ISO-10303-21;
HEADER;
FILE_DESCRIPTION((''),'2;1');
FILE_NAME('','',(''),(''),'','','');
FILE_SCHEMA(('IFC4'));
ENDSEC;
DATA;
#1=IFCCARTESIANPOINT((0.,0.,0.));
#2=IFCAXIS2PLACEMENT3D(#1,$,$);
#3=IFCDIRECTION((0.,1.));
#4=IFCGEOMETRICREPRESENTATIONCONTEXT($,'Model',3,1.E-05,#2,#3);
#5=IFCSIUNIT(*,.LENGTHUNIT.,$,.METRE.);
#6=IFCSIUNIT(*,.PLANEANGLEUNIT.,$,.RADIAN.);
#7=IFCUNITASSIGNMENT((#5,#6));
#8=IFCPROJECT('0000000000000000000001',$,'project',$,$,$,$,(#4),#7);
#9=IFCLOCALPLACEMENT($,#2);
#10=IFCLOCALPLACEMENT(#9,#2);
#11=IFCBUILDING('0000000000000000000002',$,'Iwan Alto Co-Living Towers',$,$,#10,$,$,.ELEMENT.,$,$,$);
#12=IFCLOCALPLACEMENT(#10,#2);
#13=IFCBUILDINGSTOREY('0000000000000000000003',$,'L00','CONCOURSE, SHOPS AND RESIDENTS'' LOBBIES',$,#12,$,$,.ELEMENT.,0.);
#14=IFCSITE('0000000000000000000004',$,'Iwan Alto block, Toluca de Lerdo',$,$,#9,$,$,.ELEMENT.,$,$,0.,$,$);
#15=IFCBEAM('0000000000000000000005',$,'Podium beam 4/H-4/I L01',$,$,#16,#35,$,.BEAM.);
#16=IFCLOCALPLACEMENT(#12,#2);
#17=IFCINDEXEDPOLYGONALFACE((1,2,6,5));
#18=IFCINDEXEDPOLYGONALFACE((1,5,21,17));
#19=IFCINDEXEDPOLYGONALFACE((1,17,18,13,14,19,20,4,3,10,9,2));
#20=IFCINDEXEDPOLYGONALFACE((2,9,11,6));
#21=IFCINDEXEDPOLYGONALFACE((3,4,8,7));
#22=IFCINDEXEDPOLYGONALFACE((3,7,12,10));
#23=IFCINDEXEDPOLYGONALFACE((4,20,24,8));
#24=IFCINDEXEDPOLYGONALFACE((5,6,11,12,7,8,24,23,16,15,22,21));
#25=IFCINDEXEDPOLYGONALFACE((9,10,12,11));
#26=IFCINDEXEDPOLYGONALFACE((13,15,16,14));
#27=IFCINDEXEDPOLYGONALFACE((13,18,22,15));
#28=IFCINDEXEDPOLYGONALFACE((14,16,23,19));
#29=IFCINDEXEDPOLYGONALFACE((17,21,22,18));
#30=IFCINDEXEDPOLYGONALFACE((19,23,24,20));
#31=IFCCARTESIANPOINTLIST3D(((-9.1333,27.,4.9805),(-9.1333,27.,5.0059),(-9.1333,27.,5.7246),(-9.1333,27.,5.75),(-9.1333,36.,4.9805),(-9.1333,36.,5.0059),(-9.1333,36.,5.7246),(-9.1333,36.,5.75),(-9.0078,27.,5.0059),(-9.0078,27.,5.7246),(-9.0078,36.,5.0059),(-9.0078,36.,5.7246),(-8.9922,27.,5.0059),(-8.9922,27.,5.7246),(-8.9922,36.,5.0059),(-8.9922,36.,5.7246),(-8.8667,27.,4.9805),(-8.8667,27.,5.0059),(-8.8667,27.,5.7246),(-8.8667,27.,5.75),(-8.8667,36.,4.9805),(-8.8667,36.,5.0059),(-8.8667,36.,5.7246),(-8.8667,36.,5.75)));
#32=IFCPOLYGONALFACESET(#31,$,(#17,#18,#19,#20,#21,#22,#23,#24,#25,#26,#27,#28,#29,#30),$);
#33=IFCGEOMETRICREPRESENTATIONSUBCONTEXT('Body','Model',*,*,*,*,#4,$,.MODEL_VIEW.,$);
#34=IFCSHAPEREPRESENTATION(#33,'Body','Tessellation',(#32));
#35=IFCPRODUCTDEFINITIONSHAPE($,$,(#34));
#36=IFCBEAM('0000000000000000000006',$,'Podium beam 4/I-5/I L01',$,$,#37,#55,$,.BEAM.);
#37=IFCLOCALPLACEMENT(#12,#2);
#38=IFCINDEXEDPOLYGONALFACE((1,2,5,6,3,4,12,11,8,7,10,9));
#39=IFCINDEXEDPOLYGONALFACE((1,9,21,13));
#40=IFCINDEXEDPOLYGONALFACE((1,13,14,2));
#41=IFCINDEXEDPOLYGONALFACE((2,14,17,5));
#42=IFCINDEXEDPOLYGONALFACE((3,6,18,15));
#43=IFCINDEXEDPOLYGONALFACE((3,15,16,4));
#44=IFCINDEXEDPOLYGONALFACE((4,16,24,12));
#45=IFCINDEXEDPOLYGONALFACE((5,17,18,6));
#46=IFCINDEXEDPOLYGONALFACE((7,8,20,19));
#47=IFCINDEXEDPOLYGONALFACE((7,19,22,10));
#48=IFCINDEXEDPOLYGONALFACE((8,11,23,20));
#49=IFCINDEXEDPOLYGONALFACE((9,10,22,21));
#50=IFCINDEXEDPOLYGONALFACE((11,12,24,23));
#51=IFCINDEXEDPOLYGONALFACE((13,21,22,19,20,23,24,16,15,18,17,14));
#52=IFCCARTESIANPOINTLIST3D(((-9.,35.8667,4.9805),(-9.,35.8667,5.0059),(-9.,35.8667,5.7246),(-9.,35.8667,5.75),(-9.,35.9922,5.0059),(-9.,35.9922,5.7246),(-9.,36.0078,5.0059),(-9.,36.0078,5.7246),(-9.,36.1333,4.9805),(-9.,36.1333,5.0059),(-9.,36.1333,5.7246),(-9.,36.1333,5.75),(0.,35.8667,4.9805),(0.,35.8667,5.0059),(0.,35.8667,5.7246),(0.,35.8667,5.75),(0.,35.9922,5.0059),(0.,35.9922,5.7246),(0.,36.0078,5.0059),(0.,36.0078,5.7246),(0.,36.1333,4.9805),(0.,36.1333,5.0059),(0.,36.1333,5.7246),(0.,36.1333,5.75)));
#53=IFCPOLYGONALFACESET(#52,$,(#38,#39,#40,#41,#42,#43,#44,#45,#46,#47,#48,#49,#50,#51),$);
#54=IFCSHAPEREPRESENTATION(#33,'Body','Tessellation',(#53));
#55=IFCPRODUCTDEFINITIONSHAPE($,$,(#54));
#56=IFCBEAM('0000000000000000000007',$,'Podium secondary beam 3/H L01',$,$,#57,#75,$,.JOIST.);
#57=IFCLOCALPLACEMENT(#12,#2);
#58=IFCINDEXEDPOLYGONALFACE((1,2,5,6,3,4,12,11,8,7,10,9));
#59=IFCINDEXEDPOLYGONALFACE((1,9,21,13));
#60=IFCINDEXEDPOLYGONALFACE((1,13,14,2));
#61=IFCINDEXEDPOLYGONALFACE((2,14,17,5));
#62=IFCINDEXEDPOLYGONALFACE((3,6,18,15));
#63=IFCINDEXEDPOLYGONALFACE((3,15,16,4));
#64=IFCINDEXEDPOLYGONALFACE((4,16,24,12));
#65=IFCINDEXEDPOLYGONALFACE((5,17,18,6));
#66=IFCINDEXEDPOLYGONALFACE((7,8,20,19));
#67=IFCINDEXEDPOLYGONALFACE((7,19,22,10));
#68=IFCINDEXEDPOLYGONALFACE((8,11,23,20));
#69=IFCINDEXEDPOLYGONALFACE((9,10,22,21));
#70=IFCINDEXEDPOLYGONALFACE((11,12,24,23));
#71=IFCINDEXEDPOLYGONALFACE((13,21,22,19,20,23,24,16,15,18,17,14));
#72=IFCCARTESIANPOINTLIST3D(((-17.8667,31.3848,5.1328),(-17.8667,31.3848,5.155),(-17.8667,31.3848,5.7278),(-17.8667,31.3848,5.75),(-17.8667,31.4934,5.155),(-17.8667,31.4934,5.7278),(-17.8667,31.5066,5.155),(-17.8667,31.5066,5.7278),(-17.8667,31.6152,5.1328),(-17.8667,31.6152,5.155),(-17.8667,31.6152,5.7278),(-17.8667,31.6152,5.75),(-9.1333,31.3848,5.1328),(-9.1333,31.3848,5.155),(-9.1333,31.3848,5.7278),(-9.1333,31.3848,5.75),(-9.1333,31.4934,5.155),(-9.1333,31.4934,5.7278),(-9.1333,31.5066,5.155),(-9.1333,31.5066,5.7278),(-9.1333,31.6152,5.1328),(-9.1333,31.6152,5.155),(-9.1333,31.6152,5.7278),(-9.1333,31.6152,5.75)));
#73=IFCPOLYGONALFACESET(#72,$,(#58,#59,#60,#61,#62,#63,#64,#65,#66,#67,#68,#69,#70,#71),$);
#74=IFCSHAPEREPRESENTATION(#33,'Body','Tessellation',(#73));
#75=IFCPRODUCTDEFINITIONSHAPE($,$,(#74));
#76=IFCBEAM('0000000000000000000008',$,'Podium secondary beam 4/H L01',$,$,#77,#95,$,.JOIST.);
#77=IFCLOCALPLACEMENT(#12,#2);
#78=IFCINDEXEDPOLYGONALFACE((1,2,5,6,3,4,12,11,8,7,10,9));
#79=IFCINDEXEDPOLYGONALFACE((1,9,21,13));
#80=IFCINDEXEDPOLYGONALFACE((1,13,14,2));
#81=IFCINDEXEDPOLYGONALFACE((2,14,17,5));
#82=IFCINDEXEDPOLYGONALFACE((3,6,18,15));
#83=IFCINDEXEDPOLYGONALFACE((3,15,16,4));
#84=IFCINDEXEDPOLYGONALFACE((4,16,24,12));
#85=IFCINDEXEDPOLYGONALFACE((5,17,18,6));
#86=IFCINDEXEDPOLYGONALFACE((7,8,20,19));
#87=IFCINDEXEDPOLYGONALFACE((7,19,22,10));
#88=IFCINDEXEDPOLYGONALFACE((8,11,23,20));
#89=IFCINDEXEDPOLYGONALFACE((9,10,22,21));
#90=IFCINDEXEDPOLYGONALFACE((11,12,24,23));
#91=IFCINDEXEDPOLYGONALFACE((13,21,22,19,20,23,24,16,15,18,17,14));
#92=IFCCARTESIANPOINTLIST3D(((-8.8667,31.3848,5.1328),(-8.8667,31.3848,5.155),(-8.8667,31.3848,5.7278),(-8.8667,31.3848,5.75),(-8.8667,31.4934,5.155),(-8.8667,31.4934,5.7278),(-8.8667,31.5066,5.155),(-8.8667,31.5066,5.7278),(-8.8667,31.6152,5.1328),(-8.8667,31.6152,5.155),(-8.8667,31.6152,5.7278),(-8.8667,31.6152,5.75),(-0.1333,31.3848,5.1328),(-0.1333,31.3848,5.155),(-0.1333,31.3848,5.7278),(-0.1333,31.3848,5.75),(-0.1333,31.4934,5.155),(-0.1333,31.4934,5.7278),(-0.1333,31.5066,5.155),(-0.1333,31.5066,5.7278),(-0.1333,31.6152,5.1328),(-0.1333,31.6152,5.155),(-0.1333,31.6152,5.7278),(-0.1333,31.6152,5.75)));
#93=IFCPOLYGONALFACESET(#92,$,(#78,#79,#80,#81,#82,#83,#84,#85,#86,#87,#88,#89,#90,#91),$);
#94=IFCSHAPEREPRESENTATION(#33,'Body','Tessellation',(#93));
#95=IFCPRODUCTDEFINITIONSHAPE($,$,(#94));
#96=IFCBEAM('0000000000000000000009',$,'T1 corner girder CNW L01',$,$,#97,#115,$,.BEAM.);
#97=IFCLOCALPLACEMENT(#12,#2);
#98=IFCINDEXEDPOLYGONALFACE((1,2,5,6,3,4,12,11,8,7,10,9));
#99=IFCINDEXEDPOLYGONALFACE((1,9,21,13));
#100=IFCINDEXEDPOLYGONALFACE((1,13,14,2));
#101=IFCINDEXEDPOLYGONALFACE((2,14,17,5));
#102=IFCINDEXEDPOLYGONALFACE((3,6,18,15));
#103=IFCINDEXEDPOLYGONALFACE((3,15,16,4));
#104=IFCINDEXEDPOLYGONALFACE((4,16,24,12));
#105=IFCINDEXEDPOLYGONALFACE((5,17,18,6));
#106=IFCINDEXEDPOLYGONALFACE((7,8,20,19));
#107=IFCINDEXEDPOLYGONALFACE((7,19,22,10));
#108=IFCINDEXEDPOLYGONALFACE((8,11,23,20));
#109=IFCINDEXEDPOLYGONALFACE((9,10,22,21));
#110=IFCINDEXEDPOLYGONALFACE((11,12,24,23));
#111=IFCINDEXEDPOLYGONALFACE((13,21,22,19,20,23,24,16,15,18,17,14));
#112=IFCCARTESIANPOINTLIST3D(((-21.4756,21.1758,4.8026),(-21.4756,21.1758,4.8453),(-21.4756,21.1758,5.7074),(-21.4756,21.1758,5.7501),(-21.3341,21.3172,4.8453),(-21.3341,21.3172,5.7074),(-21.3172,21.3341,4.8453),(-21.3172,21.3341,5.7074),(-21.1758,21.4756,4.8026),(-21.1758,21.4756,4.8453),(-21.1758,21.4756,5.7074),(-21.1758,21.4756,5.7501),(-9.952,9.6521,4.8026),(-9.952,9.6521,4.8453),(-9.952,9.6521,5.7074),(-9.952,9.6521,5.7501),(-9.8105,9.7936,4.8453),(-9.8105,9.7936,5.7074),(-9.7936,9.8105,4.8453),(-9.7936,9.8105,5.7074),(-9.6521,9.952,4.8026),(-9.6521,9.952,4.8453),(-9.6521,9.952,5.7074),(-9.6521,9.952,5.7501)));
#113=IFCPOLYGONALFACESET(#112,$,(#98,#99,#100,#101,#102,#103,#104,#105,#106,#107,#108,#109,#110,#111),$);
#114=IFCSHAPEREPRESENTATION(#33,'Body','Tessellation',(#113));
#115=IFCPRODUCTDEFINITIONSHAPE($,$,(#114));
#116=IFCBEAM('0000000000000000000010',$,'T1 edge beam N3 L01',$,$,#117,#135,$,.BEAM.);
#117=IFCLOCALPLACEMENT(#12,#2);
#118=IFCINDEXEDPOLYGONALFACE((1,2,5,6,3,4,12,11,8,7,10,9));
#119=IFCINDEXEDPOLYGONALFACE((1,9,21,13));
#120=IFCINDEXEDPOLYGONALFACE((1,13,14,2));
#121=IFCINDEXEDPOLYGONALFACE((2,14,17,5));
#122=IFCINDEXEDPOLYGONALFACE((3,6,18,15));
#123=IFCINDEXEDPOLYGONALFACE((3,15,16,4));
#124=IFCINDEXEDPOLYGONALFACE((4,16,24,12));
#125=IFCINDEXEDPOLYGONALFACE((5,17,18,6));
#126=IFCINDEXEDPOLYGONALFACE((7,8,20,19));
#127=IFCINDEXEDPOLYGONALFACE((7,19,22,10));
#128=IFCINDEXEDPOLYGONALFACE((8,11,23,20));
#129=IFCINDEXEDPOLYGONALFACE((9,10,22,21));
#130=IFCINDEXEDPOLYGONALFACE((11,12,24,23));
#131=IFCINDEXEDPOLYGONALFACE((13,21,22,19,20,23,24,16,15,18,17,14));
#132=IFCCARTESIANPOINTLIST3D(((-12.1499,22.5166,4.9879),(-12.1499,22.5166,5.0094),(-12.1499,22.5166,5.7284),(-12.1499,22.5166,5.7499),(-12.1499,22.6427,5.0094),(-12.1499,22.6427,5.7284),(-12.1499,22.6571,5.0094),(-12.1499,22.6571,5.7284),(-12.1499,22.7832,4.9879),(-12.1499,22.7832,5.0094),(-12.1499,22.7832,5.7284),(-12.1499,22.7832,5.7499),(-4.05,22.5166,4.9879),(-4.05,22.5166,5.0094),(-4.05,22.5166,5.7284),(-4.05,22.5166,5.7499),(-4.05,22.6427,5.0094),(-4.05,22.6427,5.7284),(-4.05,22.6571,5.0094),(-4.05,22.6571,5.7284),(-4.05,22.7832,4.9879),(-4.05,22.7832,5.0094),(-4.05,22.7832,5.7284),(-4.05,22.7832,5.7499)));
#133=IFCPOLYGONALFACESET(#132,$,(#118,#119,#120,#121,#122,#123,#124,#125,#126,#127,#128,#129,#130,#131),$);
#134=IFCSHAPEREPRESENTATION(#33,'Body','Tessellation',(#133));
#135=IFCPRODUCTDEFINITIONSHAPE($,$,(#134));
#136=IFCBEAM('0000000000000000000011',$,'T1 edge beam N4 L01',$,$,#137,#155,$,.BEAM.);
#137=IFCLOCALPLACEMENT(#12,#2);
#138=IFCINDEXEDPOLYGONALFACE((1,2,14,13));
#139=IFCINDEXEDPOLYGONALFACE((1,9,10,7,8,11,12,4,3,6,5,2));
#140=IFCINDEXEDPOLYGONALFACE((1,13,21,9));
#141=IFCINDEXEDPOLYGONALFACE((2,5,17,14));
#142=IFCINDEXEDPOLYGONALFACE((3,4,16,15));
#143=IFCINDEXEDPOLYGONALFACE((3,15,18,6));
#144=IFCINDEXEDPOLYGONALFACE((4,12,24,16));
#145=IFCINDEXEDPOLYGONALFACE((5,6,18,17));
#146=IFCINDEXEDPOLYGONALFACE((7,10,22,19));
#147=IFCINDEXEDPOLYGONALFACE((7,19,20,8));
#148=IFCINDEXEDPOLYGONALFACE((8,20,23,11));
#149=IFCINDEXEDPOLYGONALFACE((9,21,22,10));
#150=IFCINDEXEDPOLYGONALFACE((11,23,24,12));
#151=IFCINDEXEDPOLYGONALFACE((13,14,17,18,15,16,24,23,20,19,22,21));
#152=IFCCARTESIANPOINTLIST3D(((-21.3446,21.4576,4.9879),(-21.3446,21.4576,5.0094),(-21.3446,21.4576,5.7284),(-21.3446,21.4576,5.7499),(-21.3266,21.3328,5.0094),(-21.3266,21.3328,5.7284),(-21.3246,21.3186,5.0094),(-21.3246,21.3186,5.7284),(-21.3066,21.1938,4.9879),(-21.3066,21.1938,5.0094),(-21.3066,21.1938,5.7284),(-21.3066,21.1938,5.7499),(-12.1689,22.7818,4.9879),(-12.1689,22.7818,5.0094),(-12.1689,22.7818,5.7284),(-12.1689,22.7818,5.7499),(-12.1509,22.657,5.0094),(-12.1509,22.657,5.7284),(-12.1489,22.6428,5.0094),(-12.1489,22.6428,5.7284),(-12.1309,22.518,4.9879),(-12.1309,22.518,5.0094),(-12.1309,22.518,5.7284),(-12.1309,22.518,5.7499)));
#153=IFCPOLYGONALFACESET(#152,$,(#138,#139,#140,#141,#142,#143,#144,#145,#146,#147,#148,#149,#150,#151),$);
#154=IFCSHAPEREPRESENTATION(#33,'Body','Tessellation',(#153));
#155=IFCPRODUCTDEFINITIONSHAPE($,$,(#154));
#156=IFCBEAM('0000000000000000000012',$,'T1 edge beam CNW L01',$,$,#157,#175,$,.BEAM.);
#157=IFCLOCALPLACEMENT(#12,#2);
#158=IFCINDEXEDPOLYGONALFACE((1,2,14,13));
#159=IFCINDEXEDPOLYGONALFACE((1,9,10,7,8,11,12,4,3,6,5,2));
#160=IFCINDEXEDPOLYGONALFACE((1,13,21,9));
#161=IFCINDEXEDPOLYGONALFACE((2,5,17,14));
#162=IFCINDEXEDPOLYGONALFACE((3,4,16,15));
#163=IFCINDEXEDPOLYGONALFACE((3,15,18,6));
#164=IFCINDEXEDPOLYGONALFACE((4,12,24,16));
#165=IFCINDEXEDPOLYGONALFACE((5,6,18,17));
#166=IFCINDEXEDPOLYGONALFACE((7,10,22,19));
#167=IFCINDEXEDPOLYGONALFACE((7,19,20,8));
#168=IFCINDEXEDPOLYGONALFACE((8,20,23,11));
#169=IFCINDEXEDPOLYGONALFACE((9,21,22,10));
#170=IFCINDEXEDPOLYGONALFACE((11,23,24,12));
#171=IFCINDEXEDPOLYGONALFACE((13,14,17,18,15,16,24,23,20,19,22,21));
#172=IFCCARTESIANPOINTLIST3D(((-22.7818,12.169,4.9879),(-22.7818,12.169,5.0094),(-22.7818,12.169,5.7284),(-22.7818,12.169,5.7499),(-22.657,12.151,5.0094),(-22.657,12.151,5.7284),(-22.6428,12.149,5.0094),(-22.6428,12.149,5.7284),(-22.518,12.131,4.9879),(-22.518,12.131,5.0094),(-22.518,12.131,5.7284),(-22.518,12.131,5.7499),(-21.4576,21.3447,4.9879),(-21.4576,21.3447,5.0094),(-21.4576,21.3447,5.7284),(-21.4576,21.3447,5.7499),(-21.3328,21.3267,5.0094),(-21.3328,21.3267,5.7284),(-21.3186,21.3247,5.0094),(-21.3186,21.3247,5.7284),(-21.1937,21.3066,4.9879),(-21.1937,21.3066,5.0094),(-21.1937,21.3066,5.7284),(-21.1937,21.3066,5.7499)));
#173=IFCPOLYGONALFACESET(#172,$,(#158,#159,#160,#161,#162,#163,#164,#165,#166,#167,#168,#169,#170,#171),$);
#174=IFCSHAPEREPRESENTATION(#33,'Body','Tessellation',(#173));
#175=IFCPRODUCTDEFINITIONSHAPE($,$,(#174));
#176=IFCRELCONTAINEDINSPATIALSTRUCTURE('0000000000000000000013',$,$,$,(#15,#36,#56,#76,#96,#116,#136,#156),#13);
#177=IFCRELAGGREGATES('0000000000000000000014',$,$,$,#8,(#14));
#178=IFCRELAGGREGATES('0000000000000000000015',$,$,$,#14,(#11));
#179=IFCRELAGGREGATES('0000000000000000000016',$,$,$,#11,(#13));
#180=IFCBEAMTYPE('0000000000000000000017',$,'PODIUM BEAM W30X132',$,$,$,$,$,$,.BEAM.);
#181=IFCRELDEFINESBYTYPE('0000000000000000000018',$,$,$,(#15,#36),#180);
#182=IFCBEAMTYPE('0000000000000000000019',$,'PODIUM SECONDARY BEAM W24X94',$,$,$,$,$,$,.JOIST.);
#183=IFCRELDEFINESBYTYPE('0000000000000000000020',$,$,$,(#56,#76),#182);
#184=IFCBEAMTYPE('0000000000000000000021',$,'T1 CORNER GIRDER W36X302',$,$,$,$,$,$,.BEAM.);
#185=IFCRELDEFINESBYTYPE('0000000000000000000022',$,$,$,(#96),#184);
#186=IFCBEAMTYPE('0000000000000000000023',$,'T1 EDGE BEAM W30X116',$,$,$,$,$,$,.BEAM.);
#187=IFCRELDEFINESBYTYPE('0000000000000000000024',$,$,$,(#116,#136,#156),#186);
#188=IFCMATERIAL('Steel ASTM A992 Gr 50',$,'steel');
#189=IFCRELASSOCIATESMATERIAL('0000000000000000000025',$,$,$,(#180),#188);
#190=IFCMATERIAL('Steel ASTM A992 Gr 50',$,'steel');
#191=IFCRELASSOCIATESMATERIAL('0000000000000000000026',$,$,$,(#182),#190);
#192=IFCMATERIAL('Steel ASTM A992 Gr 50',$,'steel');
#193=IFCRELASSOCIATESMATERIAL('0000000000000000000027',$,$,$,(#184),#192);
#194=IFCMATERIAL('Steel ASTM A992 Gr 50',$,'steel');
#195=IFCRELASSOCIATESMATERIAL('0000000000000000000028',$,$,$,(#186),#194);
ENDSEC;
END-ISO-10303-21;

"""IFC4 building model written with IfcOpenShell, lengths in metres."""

from ifc_helpers import new_model, si_unit, direction, frame, origin, origin_2d, place, context, subcontext, project, spatial, i_section, extrude, material, material_profile, profile_set, type_object, element, save


model = new_model("IFC4")

# Units and contexts
model_context = context("Model", 3, precision=1e-05, world=origin(), true_north=direction((0.0, 1.0)))
body_context = subcontext(model_context, "Body", "Model", "MODEL_VIEW")
ifc_project = project(units=[si_unit("LENGTHUNIT", "METRE"), si_unit("PLANEANGLEUNIT", "RADIAN")], contexts=[model_context])

# Site, building, storey
site_placement = place(None, origin())
site = spatial("IfcSite", under=ifc_project, at=site_placement, Name="Iwan Alto block, Toluca de Lerdo", CompositionType="ELEMENT", RefElevation=0.0)
building_placement = place(site_placement, origin())
building = spatial("IfcBuilding", under=site, at=building_placement, Name="Iwan Alto Co-Living Towers", CompositionType="ELEMENT")
storey_placement = place(building_placement, origin())
storey = spatial("IfcBuildingStorey", under=building, at=storey_placement, Name="L00", Description="CONCOURSE, SHOPS AND RESIDENTS' LOBBIES", CompositionType="ELEMENT", Elevation=0.0)

# Beams
ifc_material_1 = material(Name="Steel ASTM A992 Gr 50", Category="steel")
ifc_material_profile_1 = material_profile(ifc_material_1, i_section(OverallWidth=0.2666, OverallDepth=0.7695, WebThickness=0.0156, FlangeThickness=0.0254, at=origin_2d()), Name="W30X132")
ifc_profile_set_1 = profile_set([ifc_material_profile_1], Name="Steel ASTM A992 Gr 50")
beam_type_1 = type_object("IfcBeamType", Name="PODIUM BEAM W30X132", PredefinedType="BEAM", material=ifc_profile_set_1)
for number, where, z_axis, x_axis, name in (
    (1, (-9.0, 27.0, 5.3652), (0.0, 1.0, 0.0), (-1.0, 0.0, 0.0), "Podium beam 4/H-4/I L01"),
    (2, (-9.0, 36.0, 5.3652), (1.0, 0.0, 0.0), (0.0, 1.0, 0.0), "Podium beam 4/I-5/I L01"),
):
    element("IfcBeam", number, at=place(storey_placement, frame(where, z_axis=z_axis, x_axis=x_axis)), inside=storey, type_object=beam_type_1, Name=name, PredefinedType="BEAM", context=body_context, shape_type="SweptSolid", body=[
        extrude(i_section(OverallWidth=0.2666, OverallDepth=0.7695, WebThickness=0.0156, FlangeThickness=0.0254, at=origin_2d()), origin(), (0.0, 0.0, 1.0), 9.0),
    ])
ifc_material_2 = material(Name="Steel ASTM A992 Gr 50", Category="steel")
ifc_material_profile_2 = material_profile(ifc_material_2, i_section(OverallWidth=0.2305, OverallDepth=0.6172, WebThickness=0.0132, FlangeThickness=0.0222, at=origin_2d()), Name="W24X94")
ifc_profile_set_2 = profile_set([ifc_material_profile_2], Name="Steel ASTM A992 Gr 50")
beam_type_2 = type_object("IfcBeamType", Name="PODIUM SECONDARY BEAM W24X94", PredefinedType="JOIST", material=ifc_profile_set_2)
for number, where, z_axis, x_axis, name in (
    (3, (-17.8667, 31.5, 5.4414), (1.0, 0.0, 0.0), (0.0, 1.0, 0.0), "Podium secondary beam 3/H L01"),
    (4, (-8.8667, 31.5, 5.4414), (1.0, 0.0, 0.0), (0.0, 1.0, 0.0), "Podium secondary beam 4/H L01"),
):
    element("IfcBeam", number, at=place(storey_placement, frame(where, z_axis=z_axis, x_axis=x_axis)), inside=storey, type_object=beam_type_2, Name=name, PredefinedType="JOIST", context=body_context, shape_type="SweptSolid", body=[
        extrude(i_section(OverallWidth=0.2305, OverallDepth=0.6172, WebThickness=0.0132, FlangeThickness=0.0222, at=origin_2d()), origin(), (0.0, 0.0, 1.0), 8.7334),
    ])
ifc_material_3 = material(Name="Steel ASTM A992 Gr 50", Category="steel")
ifc_material_profile_3 = material_profile(ifc_material_3, i_section(OverallWidth=0.4241, OverallDepth=0.9475, WebThickness=0.0239, FlangeThickness=0.0427, at=origin_2d()), Name="W36X302")
ifc_profile_set_3 = profile_set([ifc_material_profile_3], Name="Steel ASTM A992 Gr 50")
beam_type_3 = type_object("IfcBeamType", Name="T1 CORNER GIRDER W36X302", PredefinedType="BEAM", material=ifc_profile_set_3)
beam_1_placement = place(storey_placement, frame((-21.3257, 21.3257, 5.2764), z_axis=(0.707107, -0.707107, 0.0), x_axis=(0.707107, 0.707107, 0.0)))
element("IfcBeam", 5, at=beam_1_placement, inside=storey, type_object=beam_type_3, Name="T1 corner girder CNW L01", PredefinedType="BEAM", context=body_context, shape_type="SweptSolid", body=[
    extrude(i_section(OverallWidth=0.4241, OverallDepth=0.9475, WebThickness=0.0239, FlangeThickness=0.0427, at=origin_2d()), origin(), (0.0, 0.0, 1.0), 16.2969),
])
ifc_material_4 = material(Name="Steel ASTM A992 Gr 50", Category="steel")
ifc_material_profile_4 = material_profile(ifc_material_4, i_section(OverallWidth=0.2666, OverallDepth=0.762, WebThickness=0.0144, FlangeThickness=0.0215, at=origin_2d()), Name="W30X116")
ifc_profile_set_4 = profile_set([ifc_material_profile_4], Name="Steel ASTM A992 Gr 50")
beam_type_4 = type_object("IfcBeamType", Name="T1 EDGE BEAM W30X116", PredefinedType="BEAM", material=ifc_profile_set_4)
beam_2_placement = place(storey_placement, frame((-4.05, 22.6499, 5.3689), z_axis=(-1.0, 0.0, 0.0), x_axis=(0.0, -1.0, 0.0)))
element("IfcBeam", 6, at=beam_2_placement, inside=storey, type_object=beam_type_4, Name="T1 edge beam N3 L01", PredefinedType="BEAM", context=body_context, shape_type="SweptSolid", body=[
    extrude(i_section(OverallWidth=0.2666, OverallDepth=0.762, WebThickness=0.0144, FlangeThickness=0.0215, at=origin_2d()), origin(), (0.0, 0.0, 1.0), 8.0999),
])
for number, where, z_axis, x_axis, name in (
    (7, (-12.1499, 22.6499, 5.3689), (-0.989746, -0.142837, 0.0), (0.142837, -0.989746, 0.0), "T1 edge beam N4 L01"),
    (8, (-21.3257, 21.3257, 5.3689), (-0.142837, -0.989746, 0.0), (0.989746, -0.142837, 0.0), "T1 edge beam CNW L01"),
):
    element("IfcBeam", number, at=place(storey_placement, frame(where, z_axis=z_axis, x_axis=x_axis)), inside=storey, type_object=beam_type_4, Name=name, PredefinedType="BEAM", context=body_context, shape_type="SweptSolid", body=[
        extrude(i_section(OverallWidth=0.2666, OverallDepth=0.762, WebThickness=0.0144, FlangeThickness=0.0215, at=origin_2d()), origin(), (0.0, 0.0, 1.0), 9.2708),
    ])

save(model, "model.ifc")
